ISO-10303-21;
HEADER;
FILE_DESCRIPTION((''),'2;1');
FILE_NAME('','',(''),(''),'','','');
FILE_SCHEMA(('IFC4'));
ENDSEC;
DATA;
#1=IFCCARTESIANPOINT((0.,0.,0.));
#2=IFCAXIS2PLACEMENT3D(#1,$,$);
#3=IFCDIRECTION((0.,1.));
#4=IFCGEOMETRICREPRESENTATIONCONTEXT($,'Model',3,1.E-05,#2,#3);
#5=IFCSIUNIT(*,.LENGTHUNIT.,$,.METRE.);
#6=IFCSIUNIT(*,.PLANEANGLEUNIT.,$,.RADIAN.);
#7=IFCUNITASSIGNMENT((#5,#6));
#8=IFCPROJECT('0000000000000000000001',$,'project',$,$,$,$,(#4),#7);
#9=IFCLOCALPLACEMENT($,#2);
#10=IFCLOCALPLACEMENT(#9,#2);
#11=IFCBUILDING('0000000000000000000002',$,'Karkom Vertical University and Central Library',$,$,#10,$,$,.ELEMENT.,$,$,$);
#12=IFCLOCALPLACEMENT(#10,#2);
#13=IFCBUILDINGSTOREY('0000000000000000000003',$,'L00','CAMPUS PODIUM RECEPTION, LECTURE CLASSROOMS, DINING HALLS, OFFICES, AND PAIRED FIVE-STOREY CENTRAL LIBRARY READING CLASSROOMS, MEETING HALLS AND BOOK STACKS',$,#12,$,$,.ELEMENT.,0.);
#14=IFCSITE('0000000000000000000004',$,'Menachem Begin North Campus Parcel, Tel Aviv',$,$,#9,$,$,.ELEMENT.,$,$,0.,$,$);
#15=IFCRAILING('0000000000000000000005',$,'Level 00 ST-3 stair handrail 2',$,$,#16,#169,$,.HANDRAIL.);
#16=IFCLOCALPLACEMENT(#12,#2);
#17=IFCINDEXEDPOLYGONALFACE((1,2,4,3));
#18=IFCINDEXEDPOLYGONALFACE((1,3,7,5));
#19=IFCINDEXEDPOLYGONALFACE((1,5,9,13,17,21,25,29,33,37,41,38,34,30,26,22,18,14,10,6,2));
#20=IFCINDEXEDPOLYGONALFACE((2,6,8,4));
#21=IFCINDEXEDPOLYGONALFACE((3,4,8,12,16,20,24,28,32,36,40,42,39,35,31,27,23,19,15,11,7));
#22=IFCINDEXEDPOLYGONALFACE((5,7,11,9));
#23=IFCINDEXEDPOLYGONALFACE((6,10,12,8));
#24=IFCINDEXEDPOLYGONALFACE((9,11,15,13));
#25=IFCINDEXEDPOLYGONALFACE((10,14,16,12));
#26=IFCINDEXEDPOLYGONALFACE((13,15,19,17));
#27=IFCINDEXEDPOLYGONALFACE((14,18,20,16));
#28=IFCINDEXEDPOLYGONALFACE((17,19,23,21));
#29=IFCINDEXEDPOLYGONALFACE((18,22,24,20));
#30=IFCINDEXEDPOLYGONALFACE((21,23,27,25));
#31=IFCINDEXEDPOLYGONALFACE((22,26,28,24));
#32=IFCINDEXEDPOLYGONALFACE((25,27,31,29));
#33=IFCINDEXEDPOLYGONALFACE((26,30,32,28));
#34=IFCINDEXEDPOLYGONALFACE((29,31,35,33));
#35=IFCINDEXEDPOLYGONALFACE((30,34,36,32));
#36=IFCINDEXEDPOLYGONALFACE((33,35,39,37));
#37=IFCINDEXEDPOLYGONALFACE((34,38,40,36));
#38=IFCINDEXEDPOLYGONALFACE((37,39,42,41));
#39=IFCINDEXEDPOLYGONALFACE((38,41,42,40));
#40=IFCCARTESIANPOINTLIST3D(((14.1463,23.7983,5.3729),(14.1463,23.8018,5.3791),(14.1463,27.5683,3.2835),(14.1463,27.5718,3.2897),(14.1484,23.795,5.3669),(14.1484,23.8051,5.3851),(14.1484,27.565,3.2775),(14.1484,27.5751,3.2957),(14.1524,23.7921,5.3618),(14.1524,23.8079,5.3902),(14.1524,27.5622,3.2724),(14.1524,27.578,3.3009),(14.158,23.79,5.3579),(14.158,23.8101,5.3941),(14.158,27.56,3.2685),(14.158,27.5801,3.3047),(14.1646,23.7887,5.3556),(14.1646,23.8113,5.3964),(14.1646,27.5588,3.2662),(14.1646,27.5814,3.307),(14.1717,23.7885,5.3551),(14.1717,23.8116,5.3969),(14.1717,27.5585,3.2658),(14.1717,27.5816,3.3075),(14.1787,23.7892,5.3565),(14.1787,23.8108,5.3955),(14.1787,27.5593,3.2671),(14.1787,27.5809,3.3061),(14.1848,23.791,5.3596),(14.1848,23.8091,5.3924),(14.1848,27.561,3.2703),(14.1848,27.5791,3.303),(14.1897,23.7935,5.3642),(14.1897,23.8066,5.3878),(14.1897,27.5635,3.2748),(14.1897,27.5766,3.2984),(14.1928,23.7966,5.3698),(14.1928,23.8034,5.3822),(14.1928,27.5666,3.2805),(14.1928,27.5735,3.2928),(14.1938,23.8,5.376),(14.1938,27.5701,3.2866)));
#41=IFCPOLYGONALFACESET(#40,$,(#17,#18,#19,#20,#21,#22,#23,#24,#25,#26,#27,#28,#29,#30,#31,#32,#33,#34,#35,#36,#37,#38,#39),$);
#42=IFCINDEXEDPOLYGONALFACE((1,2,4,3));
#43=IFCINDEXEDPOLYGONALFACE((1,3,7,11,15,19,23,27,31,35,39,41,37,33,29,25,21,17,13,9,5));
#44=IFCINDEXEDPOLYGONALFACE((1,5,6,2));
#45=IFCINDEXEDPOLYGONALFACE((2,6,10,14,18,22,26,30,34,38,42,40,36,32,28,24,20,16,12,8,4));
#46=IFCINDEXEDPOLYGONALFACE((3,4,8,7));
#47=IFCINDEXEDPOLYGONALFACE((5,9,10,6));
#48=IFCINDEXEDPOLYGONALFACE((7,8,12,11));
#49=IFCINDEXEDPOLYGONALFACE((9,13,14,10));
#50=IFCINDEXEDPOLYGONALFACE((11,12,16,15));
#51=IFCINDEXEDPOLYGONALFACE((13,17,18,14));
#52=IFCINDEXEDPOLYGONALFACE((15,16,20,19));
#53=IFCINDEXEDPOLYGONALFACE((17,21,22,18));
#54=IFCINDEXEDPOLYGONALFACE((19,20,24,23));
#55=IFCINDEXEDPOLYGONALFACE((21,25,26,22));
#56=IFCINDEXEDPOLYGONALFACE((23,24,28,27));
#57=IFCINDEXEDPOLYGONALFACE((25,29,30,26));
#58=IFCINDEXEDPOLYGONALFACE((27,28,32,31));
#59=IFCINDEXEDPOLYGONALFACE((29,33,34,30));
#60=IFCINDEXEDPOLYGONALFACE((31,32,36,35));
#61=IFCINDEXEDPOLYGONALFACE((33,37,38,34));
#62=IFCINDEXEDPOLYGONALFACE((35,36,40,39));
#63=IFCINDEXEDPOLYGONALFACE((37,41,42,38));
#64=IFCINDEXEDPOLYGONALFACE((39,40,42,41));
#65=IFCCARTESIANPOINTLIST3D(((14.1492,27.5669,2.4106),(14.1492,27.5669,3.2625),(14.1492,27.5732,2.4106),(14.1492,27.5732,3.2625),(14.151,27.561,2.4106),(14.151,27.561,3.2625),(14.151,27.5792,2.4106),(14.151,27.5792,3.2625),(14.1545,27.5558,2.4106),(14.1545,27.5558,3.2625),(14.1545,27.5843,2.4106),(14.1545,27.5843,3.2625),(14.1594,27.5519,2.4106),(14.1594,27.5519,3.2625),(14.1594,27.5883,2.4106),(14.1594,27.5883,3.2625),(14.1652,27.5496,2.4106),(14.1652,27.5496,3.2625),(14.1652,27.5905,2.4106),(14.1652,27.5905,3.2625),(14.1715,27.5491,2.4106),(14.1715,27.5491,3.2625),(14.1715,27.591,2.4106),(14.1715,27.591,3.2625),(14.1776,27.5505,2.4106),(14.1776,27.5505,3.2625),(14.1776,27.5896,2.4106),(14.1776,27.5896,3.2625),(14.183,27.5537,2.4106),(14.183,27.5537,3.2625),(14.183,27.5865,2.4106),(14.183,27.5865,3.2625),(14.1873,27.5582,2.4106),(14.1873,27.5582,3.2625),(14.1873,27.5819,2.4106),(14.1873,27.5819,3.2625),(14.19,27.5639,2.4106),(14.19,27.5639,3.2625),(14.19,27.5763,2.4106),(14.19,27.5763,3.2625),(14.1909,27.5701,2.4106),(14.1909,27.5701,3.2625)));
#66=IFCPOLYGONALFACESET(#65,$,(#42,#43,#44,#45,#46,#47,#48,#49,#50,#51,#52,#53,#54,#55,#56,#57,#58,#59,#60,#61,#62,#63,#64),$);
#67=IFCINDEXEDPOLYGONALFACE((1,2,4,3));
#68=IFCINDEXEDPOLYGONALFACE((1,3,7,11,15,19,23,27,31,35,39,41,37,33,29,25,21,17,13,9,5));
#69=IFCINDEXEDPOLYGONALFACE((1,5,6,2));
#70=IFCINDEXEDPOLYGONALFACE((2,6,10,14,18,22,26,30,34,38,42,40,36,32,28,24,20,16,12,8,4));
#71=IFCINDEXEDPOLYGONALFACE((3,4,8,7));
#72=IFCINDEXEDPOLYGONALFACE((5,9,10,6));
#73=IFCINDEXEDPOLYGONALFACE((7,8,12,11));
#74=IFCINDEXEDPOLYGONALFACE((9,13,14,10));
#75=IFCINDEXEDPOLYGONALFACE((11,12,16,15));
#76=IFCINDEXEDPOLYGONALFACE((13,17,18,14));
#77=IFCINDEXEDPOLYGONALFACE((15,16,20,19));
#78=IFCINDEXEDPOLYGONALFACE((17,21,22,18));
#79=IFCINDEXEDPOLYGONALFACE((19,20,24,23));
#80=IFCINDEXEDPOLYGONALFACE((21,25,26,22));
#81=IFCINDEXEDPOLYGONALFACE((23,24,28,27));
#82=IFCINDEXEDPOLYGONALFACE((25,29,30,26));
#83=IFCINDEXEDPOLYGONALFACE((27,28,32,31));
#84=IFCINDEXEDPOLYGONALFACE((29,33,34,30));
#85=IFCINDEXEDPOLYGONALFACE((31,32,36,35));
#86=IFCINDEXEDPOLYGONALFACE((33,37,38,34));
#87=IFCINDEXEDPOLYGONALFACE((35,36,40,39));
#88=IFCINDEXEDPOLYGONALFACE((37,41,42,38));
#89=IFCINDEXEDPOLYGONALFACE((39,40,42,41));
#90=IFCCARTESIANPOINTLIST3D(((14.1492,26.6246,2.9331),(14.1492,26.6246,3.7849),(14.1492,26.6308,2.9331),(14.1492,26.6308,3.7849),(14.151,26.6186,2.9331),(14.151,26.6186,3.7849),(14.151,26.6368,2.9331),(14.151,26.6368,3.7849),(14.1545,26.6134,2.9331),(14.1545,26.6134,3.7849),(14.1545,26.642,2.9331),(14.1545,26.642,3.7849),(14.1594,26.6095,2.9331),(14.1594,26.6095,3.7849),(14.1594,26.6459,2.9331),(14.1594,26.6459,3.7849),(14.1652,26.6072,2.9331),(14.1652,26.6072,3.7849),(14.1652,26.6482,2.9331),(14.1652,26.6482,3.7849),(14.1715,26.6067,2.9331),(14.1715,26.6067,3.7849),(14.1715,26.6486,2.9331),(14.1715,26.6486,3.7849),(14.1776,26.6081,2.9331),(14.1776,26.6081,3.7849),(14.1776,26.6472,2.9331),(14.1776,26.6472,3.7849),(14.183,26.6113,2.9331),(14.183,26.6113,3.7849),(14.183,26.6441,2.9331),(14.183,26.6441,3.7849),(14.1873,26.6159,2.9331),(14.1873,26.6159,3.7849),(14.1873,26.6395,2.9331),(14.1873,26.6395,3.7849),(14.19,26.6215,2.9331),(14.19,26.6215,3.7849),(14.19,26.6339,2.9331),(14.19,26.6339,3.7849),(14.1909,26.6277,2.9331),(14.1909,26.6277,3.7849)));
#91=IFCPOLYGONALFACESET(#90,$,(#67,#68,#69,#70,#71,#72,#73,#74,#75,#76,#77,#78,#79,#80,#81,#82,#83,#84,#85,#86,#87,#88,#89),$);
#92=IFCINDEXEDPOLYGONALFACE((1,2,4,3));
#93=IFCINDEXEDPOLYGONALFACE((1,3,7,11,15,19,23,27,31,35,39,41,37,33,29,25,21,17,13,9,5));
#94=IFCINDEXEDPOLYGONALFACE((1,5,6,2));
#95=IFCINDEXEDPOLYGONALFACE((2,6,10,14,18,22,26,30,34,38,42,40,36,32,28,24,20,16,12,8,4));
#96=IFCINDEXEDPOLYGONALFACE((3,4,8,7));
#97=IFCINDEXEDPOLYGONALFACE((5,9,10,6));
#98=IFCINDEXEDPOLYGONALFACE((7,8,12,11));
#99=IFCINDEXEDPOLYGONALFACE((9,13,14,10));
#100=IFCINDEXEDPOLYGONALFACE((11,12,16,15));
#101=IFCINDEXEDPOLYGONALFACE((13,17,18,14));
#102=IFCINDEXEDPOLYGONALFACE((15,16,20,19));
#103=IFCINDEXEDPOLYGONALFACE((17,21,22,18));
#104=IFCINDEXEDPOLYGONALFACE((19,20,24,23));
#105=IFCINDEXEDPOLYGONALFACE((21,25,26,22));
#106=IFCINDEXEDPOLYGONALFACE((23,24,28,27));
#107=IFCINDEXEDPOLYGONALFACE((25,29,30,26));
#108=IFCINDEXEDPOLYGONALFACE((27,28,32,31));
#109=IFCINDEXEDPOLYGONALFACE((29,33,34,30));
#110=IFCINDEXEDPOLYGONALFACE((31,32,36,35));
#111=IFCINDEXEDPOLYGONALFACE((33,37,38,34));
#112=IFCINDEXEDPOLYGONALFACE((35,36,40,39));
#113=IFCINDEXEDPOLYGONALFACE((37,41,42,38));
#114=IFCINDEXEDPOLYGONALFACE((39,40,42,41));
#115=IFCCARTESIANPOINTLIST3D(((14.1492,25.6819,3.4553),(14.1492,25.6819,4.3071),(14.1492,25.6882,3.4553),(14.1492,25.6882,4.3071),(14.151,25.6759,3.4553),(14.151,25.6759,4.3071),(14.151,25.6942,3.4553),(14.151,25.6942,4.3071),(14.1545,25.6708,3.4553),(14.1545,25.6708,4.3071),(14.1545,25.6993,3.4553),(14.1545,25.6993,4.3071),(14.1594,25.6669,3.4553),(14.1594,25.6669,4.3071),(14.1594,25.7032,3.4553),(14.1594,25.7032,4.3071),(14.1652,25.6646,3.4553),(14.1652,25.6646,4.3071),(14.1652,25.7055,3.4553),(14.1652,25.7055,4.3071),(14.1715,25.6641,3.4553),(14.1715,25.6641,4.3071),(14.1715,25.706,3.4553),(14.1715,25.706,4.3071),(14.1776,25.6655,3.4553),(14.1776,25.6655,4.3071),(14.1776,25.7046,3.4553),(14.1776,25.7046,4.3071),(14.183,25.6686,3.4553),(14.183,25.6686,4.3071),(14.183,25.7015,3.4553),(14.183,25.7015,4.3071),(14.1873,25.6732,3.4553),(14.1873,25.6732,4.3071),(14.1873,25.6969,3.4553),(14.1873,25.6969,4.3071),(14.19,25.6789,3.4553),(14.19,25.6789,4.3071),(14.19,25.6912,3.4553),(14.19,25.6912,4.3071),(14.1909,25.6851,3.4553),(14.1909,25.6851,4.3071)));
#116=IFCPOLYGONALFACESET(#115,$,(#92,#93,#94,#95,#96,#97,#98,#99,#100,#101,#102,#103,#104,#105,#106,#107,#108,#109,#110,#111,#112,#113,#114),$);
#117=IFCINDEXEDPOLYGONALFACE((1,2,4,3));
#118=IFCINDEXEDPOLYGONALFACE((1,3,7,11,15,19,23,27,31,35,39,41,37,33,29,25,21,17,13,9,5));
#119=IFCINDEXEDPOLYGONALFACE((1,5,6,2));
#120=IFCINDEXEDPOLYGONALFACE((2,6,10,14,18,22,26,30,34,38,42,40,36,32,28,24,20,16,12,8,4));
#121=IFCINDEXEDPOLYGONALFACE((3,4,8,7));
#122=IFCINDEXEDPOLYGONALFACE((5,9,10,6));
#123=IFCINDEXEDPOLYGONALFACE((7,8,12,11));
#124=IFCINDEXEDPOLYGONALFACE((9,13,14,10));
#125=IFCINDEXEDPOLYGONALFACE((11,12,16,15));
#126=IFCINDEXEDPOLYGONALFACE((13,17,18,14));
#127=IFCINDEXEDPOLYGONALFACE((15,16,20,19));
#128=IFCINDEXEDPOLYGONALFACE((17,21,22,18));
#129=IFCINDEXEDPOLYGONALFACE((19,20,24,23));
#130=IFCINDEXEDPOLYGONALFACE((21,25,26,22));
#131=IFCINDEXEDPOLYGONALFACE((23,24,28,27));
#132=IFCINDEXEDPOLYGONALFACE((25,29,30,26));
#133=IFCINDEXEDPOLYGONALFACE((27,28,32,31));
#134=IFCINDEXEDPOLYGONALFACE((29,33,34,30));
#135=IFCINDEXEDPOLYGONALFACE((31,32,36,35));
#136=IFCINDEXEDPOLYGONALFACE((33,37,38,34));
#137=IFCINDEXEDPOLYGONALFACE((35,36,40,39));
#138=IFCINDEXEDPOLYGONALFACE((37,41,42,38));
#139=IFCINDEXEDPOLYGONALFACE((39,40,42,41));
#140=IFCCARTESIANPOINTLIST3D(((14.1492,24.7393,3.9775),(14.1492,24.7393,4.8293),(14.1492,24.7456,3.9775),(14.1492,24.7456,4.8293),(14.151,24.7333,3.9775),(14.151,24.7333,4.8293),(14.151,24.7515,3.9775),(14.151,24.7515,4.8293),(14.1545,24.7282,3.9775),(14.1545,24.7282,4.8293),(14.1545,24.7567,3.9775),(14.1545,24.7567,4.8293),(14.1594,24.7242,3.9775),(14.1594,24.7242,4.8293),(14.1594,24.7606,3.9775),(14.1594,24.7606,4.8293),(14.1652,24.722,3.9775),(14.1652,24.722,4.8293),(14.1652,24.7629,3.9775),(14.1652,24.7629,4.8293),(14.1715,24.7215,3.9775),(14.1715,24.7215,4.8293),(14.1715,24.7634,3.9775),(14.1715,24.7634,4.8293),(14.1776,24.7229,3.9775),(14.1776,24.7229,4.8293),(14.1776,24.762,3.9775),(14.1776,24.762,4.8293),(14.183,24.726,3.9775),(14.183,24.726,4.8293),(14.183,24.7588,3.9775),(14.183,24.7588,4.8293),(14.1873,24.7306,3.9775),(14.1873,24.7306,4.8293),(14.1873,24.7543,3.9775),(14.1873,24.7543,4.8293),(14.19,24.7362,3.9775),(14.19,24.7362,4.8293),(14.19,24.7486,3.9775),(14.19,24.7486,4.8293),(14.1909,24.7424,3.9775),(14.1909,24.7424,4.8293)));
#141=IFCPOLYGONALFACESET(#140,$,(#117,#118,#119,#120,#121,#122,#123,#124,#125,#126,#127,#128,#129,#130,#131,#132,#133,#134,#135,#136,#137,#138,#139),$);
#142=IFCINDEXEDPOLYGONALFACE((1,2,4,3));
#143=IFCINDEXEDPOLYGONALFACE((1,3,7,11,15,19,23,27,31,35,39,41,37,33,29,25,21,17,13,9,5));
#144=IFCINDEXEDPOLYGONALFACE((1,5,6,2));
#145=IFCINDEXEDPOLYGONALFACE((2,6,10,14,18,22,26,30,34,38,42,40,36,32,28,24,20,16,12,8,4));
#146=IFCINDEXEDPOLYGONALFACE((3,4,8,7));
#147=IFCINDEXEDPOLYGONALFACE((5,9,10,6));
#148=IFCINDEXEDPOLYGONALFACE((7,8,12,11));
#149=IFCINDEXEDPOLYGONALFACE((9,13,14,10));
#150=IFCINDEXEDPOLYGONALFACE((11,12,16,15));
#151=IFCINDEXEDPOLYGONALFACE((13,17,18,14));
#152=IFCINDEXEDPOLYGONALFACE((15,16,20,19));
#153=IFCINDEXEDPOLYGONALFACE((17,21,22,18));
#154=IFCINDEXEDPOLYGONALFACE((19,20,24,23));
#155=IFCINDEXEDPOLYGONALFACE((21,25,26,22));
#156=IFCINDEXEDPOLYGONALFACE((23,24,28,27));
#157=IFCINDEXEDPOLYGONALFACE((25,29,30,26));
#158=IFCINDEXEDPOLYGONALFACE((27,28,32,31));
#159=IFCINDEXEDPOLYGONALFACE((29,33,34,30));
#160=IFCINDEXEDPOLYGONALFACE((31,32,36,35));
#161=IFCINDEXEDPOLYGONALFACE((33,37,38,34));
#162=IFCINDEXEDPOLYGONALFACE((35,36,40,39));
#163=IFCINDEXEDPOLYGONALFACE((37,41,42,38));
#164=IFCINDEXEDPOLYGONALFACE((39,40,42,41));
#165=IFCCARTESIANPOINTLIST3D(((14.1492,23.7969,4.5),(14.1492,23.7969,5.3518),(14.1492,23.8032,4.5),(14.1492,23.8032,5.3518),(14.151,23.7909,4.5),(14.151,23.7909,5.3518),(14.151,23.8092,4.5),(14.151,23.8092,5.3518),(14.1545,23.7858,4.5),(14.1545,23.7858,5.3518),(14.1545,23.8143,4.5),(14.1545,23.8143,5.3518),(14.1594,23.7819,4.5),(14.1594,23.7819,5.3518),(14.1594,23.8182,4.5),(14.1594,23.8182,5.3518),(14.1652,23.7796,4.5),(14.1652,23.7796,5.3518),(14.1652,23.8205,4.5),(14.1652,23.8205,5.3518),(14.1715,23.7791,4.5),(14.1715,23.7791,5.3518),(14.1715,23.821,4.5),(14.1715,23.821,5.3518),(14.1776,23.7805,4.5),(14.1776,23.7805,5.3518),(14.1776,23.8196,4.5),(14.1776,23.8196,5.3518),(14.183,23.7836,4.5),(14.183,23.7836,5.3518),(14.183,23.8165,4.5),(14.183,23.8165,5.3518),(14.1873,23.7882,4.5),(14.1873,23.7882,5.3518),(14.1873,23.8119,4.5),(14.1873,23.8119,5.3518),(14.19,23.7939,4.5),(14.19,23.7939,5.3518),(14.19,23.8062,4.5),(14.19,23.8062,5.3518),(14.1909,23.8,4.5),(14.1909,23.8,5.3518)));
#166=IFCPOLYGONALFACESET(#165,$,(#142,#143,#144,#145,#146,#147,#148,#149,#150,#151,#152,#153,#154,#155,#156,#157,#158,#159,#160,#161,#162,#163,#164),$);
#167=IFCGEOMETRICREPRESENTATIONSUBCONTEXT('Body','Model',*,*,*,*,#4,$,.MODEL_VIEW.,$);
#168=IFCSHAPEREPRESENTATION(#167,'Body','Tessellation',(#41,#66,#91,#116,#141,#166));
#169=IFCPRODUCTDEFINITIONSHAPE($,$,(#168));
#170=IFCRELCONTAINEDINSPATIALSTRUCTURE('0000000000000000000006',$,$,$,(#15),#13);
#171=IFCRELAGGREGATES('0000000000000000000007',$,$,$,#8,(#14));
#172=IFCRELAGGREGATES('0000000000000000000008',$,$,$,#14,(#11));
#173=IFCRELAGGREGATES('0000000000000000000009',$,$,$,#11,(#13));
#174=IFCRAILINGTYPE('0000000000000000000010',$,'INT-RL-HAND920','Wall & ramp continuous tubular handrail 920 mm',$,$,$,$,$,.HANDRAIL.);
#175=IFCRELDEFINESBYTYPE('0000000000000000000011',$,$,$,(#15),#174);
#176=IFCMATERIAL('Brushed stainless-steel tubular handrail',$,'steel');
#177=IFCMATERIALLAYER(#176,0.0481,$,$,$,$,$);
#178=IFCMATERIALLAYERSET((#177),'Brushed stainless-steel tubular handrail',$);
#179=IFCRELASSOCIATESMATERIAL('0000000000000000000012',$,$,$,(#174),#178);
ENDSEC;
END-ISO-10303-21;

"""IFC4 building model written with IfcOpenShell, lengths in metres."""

from ifc_helpers import new_model, si_unit, direction, frame, origin, origin_2d, place, context, subcontext, project, spatial, circle, extrude, material, layer, layer_set, type_object, element, save


model = new_model("IFC4")

# Units and contexts
model_context = context("Model", 3, precision=1e-05, world=origin(), true_north=direction((0.0, 1.0)))
body_context = subcontext(model_context, "Body", "Model", "MODEL_VIEW")
ifc_project = project(units=[si_unit("LENGTHUNIT", "METRE"), si_unit("PLANEANGLEUNIT", "RADIAN")], contexts=[model_context])

# Site, building, storey
site_placement = place(None, origin())
site = spatial("IfcSite", under=ifc_project, at=site_placement, Name="Menachem Begin North Campus Parcel, Tel Aviv", CompositionType="ELEMENT", RefElevation=0.0)
building_placement = place(site_placement, origin())
building = spatial("IfcBuilding", under=site, at=building_placement, Name="Karkom Vertical University and Central Library", CompositionType="ELEMENT")
storey_placement = place(building_placement, origin())
storey = spatial("IfcBuildingStorey", under=building, at=storey_placement, Name="L00", Description="CAMPUS PODIUM RECEPTION, LECTURE CLASSROOMS, DINING HALLS, OFFICES, AND PAIRED FIVE-STOREY CENTRAL LIBRARY READING CLASSROOMS, MEETING HALLS AND BOOK STACKS", CompositionType="ELEMENT", Elevation=0.0)

# Railing
ifc_material_1 = material(Name="Brushed stainless-steel tubular handrail", Category="steel")
ifc_layer_1 = layer(ifc_material_1, 0.0481)
ifc_layer_set_1 = layer_set([ifc_layer_1], Name="Brushed stainless-steel tubular handrail")
railing_type_1 = type_object("IfcRailingType", Name="INT-RL-HAND920", Description="Wall & ramp continuous tubular handrail 920 mm", PredefinedType="HANDRAIL", material=ifc_layer_set_1)
railing_1_placement = place(storey_placement, frame((14.1699, 27.5701, 2.4106)))
element("IfcRailing", 1, at=railing_1_placement, inside=storey, type_object=railing_type_1, Name="Level 00 ST-3 stair handrail 2", PredefinedType="HANDRAIL", context=body_context, shape_type="SweptSolid", body=[
    extrude(circle(Radius=0.0239, at=origin_2d()), frame((0.0, 0.0, 0.876), z_axis=(0.0, -0.874659, 0.484739), x_axis=(1.0, 0.0, 0.0)), (0.0, 0.0, 1.0), 4.3103),
    extrude(circle(Radius=0.021, at=origin_2d()), origin(), (0.0, 0.0, 1.0), 0.8518),
    extrude(circle(Radius=0.021, at=origin_2d()), frame((0.0, -0.9424, 0.5225)), (0.0, 0.0, 1.0), 0.8518),
    extrude(circle(Radius=0.021, at=origin_2d()), frame((0.0, -1.885, 1.0447)), (0.0, 0.0, 1.0), 0.8518),
    extrude(circle(Radius=0.021, at=origin_2d()), frame((0.0, -2.8276, 1.5669)), (0.0, 0.0, 1.0), 0.8518),
    extrude(circle(Radius=0.021, at=origin_2d()), frame((0.0, -3.77, 2.0894)), (0.0, 0.0, 1.0), 0.8518),
])

save(model, "model.ifc")
